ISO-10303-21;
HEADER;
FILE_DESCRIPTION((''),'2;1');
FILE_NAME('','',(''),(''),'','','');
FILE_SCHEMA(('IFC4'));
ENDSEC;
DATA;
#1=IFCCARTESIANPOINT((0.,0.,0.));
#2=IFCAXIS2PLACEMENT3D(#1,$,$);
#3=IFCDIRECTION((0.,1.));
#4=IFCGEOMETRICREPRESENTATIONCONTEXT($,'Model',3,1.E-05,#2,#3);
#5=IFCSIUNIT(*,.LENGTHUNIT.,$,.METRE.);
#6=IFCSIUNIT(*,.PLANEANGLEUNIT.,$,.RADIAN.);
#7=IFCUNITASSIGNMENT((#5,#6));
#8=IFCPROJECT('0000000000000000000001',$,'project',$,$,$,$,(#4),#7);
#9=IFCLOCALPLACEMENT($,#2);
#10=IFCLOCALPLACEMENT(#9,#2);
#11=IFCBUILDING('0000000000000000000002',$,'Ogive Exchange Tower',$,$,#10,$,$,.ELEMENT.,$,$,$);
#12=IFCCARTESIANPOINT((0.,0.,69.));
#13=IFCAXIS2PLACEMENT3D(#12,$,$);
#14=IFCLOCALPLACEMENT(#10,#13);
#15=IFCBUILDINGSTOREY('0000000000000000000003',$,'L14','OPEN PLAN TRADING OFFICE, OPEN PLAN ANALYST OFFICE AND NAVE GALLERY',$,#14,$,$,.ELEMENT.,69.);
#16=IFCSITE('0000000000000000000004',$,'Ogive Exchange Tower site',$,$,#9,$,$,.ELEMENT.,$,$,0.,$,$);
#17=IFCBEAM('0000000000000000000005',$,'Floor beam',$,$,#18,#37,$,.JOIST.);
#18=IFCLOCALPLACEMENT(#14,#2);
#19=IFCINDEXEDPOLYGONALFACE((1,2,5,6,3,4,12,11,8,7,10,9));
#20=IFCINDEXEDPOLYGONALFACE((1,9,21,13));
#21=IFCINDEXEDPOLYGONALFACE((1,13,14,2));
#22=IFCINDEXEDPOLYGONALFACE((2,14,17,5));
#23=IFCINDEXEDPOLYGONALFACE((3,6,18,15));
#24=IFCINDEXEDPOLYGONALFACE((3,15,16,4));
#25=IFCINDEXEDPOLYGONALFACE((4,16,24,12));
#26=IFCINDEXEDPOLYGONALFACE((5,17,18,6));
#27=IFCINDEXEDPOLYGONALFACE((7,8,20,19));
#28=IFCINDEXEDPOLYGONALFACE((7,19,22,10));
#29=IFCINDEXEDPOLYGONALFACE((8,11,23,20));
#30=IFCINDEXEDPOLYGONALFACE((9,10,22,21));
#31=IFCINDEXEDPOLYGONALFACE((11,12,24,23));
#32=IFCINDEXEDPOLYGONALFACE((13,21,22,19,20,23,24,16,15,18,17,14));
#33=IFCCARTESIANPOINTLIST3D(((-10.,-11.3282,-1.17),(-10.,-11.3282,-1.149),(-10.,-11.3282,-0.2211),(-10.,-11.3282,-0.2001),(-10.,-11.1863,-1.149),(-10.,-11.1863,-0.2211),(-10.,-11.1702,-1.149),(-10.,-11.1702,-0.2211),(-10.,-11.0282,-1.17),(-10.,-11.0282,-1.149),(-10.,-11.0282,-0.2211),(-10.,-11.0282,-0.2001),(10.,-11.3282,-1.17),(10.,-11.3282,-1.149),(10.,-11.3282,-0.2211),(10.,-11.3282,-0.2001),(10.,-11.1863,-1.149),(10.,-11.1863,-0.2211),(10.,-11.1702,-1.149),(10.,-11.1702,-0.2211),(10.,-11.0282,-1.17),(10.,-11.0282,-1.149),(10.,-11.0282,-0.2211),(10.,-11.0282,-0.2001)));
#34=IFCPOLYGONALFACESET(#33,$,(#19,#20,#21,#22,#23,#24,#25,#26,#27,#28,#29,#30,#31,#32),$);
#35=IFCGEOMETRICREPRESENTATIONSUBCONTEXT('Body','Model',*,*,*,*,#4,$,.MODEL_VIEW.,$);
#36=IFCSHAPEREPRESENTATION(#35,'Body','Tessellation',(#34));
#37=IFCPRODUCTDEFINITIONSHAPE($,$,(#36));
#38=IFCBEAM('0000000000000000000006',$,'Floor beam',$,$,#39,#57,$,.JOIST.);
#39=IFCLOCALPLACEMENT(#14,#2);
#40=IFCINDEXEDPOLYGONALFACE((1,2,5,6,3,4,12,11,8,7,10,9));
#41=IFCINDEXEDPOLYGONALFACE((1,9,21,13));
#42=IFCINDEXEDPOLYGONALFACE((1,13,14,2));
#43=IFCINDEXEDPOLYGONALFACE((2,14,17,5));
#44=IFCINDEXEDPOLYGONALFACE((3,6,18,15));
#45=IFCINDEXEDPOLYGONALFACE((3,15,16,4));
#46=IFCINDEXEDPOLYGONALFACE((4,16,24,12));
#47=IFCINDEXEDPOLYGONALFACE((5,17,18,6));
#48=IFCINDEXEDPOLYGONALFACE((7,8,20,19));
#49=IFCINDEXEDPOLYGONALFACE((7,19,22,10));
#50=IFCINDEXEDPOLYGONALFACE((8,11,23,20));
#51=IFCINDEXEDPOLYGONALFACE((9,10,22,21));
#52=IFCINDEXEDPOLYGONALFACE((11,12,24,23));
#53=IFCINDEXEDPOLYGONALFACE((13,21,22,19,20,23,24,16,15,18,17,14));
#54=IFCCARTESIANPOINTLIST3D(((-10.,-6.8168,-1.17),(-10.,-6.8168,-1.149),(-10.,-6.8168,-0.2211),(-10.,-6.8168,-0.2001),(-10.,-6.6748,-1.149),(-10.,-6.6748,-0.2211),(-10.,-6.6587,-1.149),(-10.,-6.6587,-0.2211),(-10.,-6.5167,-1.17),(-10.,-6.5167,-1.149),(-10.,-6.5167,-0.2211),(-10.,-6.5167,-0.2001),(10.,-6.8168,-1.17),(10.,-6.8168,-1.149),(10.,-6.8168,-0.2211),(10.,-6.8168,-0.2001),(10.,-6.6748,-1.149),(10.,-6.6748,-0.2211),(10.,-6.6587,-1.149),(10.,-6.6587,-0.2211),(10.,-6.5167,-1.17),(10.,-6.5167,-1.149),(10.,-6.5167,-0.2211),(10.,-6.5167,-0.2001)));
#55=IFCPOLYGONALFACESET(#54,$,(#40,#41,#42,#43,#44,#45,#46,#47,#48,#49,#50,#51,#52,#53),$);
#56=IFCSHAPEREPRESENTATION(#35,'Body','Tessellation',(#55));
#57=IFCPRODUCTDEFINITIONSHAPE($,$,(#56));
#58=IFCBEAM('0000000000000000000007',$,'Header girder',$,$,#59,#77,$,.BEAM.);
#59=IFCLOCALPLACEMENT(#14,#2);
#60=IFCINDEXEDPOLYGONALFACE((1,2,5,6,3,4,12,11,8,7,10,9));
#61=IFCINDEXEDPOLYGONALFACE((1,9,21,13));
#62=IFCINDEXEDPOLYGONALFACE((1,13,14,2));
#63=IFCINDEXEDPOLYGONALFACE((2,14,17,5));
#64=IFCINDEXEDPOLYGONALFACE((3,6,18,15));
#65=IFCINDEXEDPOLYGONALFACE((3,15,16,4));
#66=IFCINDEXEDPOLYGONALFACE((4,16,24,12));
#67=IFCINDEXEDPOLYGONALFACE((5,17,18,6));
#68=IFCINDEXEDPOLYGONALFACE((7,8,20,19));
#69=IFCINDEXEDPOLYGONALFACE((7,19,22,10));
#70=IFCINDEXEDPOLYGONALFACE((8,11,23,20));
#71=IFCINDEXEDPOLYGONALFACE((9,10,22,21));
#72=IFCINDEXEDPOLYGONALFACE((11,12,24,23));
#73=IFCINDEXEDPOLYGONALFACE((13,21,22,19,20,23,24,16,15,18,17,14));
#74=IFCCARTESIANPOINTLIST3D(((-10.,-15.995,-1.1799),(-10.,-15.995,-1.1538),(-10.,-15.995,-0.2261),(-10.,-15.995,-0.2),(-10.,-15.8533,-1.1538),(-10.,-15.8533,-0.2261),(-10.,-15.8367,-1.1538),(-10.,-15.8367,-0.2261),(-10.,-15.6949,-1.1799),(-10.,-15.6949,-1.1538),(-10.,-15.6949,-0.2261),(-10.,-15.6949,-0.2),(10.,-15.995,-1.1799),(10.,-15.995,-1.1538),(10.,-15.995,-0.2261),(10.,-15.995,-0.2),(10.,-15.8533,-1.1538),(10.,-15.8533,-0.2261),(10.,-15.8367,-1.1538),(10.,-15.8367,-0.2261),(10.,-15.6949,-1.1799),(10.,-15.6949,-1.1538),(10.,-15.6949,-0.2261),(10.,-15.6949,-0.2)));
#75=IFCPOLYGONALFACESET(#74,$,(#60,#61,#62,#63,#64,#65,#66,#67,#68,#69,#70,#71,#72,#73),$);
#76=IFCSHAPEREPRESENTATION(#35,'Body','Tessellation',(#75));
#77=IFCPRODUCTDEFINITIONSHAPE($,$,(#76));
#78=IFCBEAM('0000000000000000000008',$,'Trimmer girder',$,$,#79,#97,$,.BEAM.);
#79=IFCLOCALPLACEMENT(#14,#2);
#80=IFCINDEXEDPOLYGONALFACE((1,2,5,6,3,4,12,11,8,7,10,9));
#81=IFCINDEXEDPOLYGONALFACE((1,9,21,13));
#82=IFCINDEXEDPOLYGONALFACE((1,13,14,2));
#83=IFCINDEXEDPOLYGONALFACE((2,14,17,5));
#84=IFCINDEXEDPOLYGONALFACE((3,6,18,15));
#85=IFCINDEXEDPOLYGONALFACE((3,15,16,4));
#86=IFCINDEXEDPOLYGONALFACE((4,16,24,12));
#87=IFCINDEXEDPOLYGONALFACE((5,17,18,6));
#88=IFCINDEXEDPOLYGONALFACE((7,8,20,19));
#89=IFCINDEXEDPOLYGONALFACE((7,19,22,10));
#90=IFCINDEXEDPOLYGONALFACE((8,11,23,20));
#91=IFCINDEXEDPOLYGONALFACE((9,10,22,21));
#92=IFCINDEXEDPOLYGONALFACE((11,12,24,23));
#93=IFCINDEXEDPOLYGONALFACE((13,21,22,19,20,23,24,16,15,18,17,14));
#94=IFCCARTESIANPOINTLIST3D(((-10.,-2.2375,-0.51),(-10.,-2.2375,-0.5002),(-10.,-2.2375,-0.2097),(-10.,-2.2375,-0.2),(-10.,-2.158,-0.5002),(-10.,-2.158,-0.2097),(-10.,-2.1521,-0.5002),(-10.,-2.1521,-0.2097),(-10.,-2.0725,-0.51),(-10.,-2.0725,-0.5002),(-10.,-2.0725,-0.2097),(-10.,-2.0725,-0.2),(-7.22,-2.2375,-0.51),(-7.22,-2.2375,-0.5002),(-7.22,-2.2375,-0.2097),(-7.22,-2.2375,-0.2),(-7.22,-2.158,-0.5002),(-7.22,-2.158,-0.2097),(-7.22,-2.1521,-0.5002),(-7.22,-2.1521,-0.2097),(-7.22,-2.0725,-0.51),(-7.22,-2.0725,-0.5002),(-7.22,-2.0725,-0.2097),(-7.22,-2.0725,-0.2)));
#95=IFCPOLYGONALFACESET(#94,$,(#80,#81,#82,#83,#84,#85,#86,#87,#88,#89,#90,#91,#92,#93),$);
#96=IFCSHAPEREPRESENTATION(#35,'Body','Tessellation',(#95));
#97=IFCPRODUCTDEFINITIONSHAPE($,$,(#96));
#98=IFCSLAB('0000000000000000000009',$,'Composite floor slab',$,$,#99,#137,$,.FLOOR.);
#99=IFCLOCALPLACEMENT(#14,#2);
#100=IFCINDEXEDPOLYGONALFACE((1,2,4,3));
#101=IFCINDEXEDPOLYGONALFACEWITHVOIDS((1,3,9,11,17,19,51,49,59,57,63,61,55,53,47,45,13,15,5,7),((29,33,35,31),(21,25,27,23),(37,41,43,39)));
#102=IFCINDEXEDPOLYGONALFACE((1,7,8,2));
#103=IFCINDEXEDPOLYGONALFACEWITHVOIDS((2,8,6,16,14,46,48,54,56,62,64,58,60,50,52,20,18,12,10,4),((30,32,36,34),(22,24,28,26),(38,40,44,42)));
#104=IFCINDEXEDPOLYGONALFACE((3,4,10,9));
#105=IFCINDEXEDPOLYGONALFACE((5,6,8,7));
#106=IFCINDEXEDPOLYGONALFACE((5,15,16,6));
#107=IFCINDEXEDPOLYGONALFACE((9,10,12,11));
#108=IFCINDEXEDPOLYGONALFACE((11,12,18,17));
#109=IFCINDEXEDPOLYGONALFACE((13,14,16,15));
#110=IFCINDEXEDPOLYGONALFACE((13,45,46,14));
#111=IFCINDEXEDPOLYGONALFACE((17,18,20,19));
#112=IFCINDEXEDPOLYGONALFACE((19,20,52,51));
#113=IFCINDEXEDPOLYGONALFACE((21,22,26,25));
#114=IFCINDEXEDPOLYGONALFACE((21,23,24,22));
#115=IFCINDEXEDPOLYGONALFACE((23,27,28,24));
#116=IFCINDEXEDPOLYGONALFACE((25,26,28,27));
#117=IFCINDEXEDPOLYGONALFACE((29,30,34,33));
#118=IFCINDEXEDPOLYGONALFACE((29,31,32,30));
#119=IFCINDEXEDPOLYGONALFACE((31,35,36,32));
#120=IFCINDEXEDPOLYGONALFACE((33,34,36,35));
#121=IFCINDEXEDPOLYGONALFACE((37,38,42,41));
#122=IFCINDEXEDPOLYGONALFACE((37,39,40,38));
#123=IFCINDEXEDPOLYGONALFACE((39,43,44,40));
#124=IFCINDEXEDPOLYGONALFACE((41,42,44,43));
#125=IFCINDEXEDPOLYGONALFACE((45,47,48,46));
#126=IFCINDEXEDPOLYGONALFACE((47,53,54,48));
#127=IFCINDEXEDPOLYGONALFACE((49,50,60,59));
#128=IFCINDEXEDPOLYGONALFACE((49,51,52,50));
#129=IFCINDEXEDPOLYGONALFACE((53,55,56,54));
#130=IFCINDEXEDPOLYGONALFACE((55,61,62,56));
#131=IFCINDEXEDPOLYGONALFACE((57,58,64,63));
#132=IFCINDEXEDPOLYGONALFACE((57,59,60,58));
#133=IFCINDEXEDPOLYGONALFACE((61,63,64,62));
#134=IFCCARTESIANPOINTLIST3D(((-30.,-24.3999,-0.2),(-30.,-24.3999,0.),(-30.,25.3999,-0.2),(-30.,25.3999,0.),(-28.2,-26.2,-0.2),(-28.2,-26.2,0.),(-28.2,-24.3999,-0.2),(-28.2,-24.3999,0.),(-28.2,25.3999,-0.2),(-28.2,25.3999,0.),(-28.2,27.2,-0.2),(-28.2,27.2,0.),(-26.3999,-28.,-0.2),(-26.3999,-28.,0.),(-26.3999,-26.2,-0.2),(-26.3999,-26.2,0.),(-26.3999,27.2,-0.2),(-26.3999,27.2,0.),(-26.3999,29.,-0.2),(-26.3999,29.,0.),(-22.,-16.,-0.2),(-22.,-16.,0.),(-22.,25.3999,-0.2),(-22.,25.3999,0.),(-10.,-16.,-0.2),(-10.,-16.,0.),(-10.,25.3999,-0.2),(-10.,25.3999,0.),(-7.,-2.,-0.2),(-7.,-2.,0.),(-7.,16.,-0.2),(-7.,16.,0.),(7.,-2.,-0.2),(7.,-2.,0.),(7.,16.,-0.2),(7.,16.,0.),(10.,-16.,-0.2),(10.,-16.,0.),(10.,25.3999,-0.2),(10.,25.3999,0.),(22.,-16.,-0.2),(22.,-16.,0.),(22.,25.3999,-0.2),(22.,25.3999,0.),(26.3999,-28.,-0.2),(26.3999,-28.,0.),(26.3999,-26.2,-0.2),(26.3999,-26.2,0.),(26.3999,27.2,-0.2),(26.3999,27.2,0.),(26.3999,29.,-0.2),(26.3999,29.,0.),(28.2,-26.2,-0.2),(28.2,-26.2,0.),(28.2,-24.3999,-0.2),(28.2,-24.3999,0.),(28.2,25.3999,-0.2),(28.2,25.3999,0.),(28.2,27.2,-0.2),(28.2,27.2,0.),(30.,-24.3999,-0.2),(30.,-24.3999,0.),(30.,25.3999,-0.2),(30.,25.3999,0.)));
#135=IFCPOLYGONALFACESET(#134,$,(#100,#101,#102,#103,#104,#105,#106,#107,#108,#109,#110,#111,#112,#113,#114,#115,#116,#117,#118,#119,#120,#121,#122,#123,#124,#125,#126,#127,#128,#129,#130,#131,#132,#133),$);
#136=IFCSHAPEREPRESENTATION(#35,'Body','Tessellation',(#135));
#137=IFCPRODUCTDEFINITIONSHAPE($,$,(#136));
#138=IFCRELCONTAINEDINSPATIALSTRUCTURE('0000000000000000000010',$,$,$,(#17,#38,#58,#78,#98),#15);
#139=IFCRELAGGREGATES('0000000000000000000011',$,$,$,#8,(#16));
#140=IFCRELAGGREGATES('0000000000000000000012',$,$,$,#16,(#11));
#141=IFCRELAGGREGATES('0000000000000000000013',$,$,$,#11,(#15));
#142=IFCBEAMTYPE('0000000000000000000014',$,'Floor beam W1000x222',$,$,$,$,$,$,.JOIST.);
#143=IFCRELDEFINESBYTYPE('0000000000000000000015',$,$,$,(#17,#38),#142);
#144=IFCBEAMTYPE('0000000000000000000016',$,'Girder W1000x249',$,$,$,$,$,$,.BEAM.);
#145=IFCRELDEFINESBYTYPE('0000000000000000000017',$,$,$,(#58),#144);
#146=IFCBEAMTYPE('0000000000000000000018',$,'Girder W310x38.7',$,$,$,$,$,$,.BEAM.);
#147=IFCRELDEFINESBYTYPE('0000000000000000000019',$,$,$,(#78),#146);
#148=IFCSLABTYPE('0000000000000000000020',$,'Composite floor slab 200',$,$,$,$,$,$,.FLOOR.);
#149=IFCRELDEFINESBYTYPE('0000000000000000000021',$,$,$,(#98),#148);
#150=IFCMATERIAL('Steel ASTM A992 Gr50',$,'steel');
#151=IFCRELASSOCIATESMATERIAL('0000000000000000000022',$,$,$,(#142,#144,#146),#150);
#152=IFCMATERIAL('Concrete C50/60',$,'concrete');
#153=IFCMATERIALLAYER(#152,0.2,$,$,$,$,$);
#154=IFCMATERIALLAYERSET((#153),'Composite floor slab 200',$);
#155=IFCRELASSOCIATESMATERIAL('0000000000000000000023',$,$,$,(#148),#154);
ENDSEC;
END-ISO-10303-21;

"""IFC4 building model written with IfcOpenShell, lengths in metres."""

from ifc_helpers import new_model, si_unit, direction, frame, origin, origin_2d, place, context, subcontext, project, spatial, polyline, i_section, outline, extrude, material, layer, layer_set, material_profile, profile_set, type_object, element, save


model = new_model("IFC4")

# Units and contexts
model_context = context("Model", 3, precision=1e-05, world=origin(), true_north=direction((0.0, 1.0)))
body_context = subcontext(model_context, "Body", "Model", "MODEL_VIEW")
ifc_project = project(units=[si_unit("LENGTHUNIT", "METRE"), si_unit("PLANEANGLEUNIT", "RADIAN")], contexts=[model_context])

# Site, building, storey
site_placement = place(None, origin())
site = spatial("IfcSite", under=ifc_project, at=site_placement, Name="Ogive Exchange Tower site", CompositionType="ELEMENT", RefElevation=0.0)
building_placement = place(site_placement, origin())
building = spatial("IfcBuilding", under=site, at=building_placement, Name="Ogive Exchange Tower", CompositionType="ELEMENT")
storey_placement = place(building_placement, frame((0.0, 0.0, 69.0)))
storey = spatial("IfcBuildingStorey", under=building, at=storey_placement, Name="L14", Description="OPEN PLAN TRADING OFFICE, OPEN PLAN ANALYST OFFICE AND NAVE GALLERY", CompositionType="ELEMENT", Elevation=69.0)

# Beams
ifc_material_1 = material(Name="Steel ASTM A992 Gr50", Category="steel")
ifc_material_profile_1 = material_profile(ifc_material_1, i_section(OverallWidth=0.3, OverallDepth=0.97, WebThickness=0.0161, FlangeThickness=0.021, at=origin_2d()), Name="W1000x222")
ifc_profile_set_1 = profile_set([ifc_material_profile_1], Name="Steel ASTM A992 Gr50")
beam_type_1 = type_object("IfcBeamType", Name="Floor beam W1000x222", PredefinedType="JOIST", material=ifc_profile_set_1)
for number, where, z_axis, x_axis, name in (
    (1, (-10.0, -11.1782, -0.6851), (1.0, 0.0, 0.0), (0.0, 1.0, 0.0), "Floor beam"),
    (2, (-10.0, -6.6667, -0.6851), (1.0, 0.0, 0.0), (0.0, 1.0, 0.0), "Floor beam"),
):
    element("IfcBeam", number, at=place(storey_placement, frame(where, z_axis=z_axis, x_axis=x_axis)), inside=storey, type_object=beam_type_1, Name=name, PredefinedType="JOIST", context=body_context, shape_type="SweptSolid", body=[
        extrude(i_section(OverallWidth=0.3, OverallDepth=0.97, WebThickness=0.0161, FlangeThickness=0.021, at=origin_2d()), origin(), (0.0, 0.0, 1.0), 20.0),
    ])
ifc_material_profile_2 = material_profile(ifc_material_1, i_section(OverallWidth=0.3, OverallDepth=0.98, WebThickness=0.0166, FlangeThickness=0.0261, at=origin_2d()), Name="W1000x249")
ifc_profile_set_2 = profile_set([ifc_material_profile_2], Name="Steel ASTM A992 Gr50")
beam_type_2 = type_object("IfcBeamType", Name="Girder W1000x249", PredefinedType="BEAM", material=ifc_profile_set_2)
beam_1_placement = place(storey_placement, frame((-10.0, -15.845, -0.6899), z_axis=(1.0, 0.0, 0.0), x_axis=(0.0, 1.0, 0.0)))
element("IfcBeam", 3, at=beam_1_placement, inside=storey, type_object=beam_type_2, Name="Header girder", PredefinedType="BEAM", context=body_context, shape_type="SweptSolid", body=[
    extrude(i_section(OverallWidth=0.3, OverallDepth=0.98, WebThickness=0.0166, FlangeThickness=0.0261, at=origin_2d()), origin(), (0.0, 0.0, 1.0), 20.0),
])
ifc_material_profile_3 = material_profile(ifc_material_1, i_section(OverallWidth=0.165, OverallDepth=0.3101, WebThickness=0.0059, FlangeThickness=0.0098, at=origin_2d()), Name="W310x38.7")
ifc_profile_set_3 = profile_set([ifc_material_profile_3], Name="Steel ASTM A992 Gr50")
beam_type_3 = type_object("IfcBeamType", Name="Girder W310x38.7", PredefinedType="BEAM", material=ifc_profile_set_3)
beam_2_placement = place(storey_placement, frame((-10.0, -2.155, -0.355), z_axis=(1.0, 0.0, 0.0), x_axis=(0.0, 1.0, 0.0)))
element("IfcBeam", 4, at=beam_2_placement, inside=storey, type_object=beam_type_3, Name="Trimmer girder", PredefinedType="BEAM", context=body_context, shape_type="SweptSolid", body=[
    extrude(i_section(OverallWidth=0.165, OverallDepth=0.3101, WebThickness=0.0059, FlangeThickness=0.0098, at=origin_2d()), origin(), (0.0, 0.0, 1.0), 2.78),
])

# Slab
ifc_material_2 = material(Name="Concrete C50/60", Category="concrete")
ifc_layer_1 = layer(ifc_material_2, 0.2)
ifc_layer_set_1 = layer_set([ifc_layer_1], Name="Composite floor slab 200")
slab_type_1 = type_object("IfcSlabType", Name="Composite floor slab 200", PredefinedType="FLOOR", material=ifc_layer_set_1)
slab_1_placement = place(storey_placement, frame((0.0, 0.0, -0.2)))
element("IfcSlab", 5, at=slab_1_placement, inside=storey, type_object=slab_type_1, Name="Composite floor slab", PredefinedType="FLOOR", context=body_context, shape_type="SweptSolid", body=[
    extrude(outline(polyline([(-26.3999, -26.2), (-28.2, -26.2), (-28.2, -24.3999), (-30.0, -24.3999), (-30.0, 25.3999), (-28.2, 25.3999), (-28.2, 27.2), (-26.3999, 27.2), (-26.3999, 29.0), (26.3999, 29.0), (26.3999, 27.2), (28.2, 27.2), (28.2, 25.3999), (30.0, 25.3999), (30.0, -24.3999), (28.2, -24.3999), (28.2, -26.2), (26.3999, -26.2), (26.3999, -28.0), (-26.3999, -28.0), (-26.3999, -26.2)]), holes=[polyline([(-10.0, -16.0), (-10.0, 25.3999), (-22.0, 25.3999), (-22.0, -16.0), (-10.0, -16.0)]), polyline([(10.0, -16.0), (22.0, -16.0), (22.0, 25.3999), (10.0, 25.3999), (10.0, -16.0)]), polyline([(-7.0, -2.0), (7.0, -2.0), (7.0, 16.0), (-7.0, 16.0), (-7.0, -2.0)])]), origin(), (0.0, 0.0, 1.0), 0.2),
])

save(model, "model.ifc")
